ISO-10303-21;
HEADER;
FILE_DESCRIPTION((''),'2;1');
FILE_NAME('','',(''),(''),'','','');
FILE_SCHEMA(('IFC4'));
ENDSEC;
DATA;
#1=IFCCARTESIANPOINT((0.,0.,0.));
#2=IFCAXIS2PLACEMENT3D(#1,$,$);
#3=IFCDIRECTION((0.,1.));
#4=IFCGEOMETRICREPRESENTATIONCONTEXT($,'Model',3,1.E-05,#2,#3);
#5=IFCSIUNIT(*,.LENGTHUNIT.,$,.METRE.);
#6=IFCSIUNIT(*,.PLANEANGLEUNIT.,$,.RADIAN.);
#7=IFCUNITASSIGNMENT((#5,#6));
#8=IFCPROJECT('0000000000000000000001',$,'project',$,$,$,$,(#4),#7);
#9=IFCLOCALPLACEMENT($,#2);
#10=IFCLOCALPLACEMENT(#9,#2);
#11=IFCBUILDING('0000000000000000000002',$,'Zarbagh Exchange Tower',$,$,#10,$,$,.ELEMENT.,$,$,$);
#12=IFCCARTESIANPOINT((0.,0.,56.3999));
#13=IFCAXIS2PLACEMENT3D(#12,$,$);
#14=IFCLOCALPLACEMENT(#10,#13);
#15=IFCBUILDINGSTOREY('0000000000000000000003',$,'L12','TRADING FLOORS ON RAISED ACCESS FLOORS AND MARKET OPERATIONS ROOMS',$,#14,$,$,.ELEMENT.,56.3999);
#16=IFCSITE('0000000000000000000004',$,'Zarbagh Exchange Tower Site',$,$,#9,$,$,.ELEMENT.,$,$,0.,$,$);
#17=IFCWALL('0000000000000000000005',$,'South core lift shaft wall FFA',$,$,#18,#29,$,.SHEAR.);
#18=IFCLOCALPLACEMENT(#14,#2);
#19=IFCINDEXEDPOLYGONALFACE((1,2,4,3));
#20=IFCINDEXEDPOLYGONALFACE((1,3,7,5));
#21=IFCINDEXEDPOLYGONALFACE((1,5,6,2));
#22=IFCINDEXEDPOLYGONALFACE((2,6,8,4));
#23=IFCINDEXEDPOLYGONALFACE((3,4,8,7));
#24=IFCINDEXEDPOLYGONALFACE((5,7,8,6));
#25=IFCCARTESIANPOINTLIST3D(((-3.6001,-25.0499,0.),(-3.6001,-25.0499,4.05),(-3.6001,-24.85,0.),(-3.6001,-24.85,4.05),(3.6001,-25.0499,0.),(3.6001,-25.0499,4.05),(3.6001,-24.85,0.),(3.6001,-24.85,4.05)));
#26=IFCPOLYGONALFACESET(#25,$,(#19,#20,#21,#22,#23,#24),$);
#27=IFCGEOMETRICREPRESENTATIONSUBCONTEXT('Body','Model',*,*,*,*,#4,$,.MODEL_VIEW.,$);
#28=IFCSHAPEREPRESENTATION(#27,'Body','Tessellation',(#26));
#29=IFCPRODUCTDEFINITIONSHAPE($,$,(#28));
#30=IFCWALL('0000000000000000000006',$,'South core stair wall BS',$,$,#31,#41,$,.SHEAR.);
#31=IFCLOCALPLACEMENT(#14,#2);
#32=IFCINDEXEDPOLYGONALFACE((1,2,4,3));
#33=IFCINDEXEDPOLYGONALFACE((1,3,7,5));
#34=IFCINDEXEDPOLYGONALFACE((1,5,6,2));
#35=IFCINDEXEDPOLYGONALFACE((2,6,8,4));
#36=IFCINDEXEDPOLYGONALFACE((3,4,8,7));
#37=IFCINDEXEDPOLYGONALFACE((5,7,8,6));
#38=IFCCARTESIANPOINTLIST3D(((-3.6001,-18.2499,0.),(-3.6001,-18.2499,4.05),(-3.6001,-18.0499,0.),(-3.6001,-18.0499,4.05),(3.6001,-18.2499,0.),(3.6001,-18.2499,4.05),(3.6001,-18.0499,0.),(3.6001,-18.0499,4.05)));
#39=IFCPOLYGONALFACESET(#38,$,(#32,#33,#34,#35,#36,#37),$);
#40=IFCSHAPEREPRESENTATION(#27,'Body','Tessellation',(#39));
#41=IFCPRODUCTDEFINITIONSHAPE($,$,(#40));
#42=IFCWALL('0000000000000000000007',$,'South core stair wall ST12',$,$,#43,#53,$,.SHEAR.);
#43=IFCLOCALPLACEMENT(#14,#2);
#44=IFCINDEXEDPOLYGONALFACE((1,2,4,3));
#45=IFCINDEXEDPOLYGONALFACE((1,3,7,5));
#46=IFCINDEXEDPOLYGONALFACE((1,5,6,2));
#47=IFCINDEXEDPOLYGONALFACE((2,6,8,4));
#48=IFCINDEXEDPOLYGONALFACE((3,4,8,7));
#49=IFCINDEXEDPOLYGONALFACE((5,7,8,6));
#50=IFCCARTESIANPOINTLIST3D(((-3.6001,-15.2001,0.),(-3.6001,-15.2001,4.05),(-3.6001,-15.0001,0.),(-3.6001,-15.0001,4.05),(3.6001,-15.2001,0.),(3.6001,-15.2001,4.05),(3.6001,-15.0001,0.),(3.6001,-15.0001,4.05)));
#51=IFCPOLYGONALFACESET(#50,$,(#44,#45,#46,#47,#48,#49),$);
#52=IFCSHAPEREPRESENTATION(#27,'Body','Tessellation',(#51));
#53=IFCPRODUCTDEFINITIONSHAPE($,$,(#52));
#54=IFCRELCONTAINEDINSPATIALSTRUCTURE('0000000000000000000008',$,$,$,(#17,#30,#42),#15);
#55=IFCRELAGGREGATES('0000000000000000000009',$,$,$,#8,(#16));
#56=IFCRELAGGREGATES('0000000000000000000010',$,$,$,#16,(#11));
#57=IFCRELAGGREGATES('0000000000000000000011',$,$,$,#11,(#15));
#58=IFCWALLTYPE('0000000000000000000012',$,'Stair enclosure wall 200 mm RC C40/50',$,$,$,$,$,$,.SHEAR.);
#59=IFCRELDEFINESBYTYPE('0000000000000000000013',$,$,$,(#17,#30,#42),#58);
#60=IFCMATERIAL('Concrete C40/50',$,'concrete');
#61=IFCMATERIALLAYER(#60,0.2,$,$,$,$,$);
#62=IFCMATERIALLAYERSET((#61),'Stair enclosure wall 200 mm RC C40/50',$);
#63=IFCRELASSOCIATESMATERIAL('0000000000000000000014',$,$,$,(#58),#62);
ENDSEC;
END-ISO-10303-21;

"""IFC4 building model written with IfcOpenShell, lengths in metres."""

from ifc_helpers import new_model, si_unit, direction, frame, frame_2d, origin, place, context, subcontext, project, spatial, rectangle, extrude, material, layer, layer_set, type_object, element, save


model = new_model("IFC4")

# Units and contexts
model_context = context("Model", 3, precision=1e-05, world=origin(), true_north=direction((0.0, 1.0)))
body_context = subcontext(model_context, "Body", "Model", "MODEL_VIEW")
ifc_project = project(units=[si_unit("LENGTHUNIT", "METRE"), si_unit("PLANEANGLEUNIT", "RADIAN")], contexts=[model_context])

# Site, building, storey
site_placement = place(None, origin())
site = spatial("IfcSite", under=ifc_project, at=site_placement, Name="Zarbagh Exchange Tower Site", CompositionType="ELEMENT", RefElevation=0.0)
building_placement = place(site_placement, origin())
building = spatial("IfcBuilding", under=site, at=building_placement, Name="Zarbagh Exchange Tower", CompositionType="ELEMENT")
storey_placement = place(building_placement, frame((0.0, 0.0, 56.3999)))
storey = spatial("IfcBuildingStorey", under=building, at=storey_placement, Name="L12", Description="TRADING FLOORS ON RAISED ACCESS FLOORS AND MARKET OPERATIONS ROOMS", CompositionType="ELEMENT", Elevation=56.3999)

# Walls
ifc_material_1 = material(Name="Concrete C40/50", Category="concrete")
ifc_layer_1 = layer(ifc_material_1, 0.2)
ifc_layer_set_1 = layer_set([ifc_layer_1], Name="Stair enclosure wall 200 mm RC C40/50")
wall_type_1 = type_object("IfcWallType", Name="Stair enclosure wall 200 mm RC C40/50", PredefinedType="SHEAR", material=ifc_layer_set_1)
for number, where, z_axis, x_axis, name in (
    (1, (3.6001, -24.95, 0.0), (0.0, 0.0, 1.0), (-1.0, 0.0, 0.0), "South core lift shaft wall FFA"),
    (2, (3.6001, -18.1499, 0.0), (0.0, 0.0, 1.0), (-1.0, 0.0, 0.0), "South core stair wall BS"),
    (3, (3.6001, -15.1001, 0.0), (0.0, 0.0, 1.0), (-1.0, 0.0, 0.0), "South core stair wall ST12"),
):
    element("IfcWall", number, at=place(storey_placement, frame(where, z_axis=z_axis, x_axis=x_axis)), inside=storey, type_object=wall_type_1, Name=name, PredefinedType="SHEAR", context=body_context, shape_type="SweptSolid", body=[
        extrude(rectangle(XDim=7.2002, YDim=0.2, at=frame_2d((3.6001, 0.0))), origin(), (0.0, 0.0, 1.0), 4.05),
    ])

save(model, "model.ifc")
